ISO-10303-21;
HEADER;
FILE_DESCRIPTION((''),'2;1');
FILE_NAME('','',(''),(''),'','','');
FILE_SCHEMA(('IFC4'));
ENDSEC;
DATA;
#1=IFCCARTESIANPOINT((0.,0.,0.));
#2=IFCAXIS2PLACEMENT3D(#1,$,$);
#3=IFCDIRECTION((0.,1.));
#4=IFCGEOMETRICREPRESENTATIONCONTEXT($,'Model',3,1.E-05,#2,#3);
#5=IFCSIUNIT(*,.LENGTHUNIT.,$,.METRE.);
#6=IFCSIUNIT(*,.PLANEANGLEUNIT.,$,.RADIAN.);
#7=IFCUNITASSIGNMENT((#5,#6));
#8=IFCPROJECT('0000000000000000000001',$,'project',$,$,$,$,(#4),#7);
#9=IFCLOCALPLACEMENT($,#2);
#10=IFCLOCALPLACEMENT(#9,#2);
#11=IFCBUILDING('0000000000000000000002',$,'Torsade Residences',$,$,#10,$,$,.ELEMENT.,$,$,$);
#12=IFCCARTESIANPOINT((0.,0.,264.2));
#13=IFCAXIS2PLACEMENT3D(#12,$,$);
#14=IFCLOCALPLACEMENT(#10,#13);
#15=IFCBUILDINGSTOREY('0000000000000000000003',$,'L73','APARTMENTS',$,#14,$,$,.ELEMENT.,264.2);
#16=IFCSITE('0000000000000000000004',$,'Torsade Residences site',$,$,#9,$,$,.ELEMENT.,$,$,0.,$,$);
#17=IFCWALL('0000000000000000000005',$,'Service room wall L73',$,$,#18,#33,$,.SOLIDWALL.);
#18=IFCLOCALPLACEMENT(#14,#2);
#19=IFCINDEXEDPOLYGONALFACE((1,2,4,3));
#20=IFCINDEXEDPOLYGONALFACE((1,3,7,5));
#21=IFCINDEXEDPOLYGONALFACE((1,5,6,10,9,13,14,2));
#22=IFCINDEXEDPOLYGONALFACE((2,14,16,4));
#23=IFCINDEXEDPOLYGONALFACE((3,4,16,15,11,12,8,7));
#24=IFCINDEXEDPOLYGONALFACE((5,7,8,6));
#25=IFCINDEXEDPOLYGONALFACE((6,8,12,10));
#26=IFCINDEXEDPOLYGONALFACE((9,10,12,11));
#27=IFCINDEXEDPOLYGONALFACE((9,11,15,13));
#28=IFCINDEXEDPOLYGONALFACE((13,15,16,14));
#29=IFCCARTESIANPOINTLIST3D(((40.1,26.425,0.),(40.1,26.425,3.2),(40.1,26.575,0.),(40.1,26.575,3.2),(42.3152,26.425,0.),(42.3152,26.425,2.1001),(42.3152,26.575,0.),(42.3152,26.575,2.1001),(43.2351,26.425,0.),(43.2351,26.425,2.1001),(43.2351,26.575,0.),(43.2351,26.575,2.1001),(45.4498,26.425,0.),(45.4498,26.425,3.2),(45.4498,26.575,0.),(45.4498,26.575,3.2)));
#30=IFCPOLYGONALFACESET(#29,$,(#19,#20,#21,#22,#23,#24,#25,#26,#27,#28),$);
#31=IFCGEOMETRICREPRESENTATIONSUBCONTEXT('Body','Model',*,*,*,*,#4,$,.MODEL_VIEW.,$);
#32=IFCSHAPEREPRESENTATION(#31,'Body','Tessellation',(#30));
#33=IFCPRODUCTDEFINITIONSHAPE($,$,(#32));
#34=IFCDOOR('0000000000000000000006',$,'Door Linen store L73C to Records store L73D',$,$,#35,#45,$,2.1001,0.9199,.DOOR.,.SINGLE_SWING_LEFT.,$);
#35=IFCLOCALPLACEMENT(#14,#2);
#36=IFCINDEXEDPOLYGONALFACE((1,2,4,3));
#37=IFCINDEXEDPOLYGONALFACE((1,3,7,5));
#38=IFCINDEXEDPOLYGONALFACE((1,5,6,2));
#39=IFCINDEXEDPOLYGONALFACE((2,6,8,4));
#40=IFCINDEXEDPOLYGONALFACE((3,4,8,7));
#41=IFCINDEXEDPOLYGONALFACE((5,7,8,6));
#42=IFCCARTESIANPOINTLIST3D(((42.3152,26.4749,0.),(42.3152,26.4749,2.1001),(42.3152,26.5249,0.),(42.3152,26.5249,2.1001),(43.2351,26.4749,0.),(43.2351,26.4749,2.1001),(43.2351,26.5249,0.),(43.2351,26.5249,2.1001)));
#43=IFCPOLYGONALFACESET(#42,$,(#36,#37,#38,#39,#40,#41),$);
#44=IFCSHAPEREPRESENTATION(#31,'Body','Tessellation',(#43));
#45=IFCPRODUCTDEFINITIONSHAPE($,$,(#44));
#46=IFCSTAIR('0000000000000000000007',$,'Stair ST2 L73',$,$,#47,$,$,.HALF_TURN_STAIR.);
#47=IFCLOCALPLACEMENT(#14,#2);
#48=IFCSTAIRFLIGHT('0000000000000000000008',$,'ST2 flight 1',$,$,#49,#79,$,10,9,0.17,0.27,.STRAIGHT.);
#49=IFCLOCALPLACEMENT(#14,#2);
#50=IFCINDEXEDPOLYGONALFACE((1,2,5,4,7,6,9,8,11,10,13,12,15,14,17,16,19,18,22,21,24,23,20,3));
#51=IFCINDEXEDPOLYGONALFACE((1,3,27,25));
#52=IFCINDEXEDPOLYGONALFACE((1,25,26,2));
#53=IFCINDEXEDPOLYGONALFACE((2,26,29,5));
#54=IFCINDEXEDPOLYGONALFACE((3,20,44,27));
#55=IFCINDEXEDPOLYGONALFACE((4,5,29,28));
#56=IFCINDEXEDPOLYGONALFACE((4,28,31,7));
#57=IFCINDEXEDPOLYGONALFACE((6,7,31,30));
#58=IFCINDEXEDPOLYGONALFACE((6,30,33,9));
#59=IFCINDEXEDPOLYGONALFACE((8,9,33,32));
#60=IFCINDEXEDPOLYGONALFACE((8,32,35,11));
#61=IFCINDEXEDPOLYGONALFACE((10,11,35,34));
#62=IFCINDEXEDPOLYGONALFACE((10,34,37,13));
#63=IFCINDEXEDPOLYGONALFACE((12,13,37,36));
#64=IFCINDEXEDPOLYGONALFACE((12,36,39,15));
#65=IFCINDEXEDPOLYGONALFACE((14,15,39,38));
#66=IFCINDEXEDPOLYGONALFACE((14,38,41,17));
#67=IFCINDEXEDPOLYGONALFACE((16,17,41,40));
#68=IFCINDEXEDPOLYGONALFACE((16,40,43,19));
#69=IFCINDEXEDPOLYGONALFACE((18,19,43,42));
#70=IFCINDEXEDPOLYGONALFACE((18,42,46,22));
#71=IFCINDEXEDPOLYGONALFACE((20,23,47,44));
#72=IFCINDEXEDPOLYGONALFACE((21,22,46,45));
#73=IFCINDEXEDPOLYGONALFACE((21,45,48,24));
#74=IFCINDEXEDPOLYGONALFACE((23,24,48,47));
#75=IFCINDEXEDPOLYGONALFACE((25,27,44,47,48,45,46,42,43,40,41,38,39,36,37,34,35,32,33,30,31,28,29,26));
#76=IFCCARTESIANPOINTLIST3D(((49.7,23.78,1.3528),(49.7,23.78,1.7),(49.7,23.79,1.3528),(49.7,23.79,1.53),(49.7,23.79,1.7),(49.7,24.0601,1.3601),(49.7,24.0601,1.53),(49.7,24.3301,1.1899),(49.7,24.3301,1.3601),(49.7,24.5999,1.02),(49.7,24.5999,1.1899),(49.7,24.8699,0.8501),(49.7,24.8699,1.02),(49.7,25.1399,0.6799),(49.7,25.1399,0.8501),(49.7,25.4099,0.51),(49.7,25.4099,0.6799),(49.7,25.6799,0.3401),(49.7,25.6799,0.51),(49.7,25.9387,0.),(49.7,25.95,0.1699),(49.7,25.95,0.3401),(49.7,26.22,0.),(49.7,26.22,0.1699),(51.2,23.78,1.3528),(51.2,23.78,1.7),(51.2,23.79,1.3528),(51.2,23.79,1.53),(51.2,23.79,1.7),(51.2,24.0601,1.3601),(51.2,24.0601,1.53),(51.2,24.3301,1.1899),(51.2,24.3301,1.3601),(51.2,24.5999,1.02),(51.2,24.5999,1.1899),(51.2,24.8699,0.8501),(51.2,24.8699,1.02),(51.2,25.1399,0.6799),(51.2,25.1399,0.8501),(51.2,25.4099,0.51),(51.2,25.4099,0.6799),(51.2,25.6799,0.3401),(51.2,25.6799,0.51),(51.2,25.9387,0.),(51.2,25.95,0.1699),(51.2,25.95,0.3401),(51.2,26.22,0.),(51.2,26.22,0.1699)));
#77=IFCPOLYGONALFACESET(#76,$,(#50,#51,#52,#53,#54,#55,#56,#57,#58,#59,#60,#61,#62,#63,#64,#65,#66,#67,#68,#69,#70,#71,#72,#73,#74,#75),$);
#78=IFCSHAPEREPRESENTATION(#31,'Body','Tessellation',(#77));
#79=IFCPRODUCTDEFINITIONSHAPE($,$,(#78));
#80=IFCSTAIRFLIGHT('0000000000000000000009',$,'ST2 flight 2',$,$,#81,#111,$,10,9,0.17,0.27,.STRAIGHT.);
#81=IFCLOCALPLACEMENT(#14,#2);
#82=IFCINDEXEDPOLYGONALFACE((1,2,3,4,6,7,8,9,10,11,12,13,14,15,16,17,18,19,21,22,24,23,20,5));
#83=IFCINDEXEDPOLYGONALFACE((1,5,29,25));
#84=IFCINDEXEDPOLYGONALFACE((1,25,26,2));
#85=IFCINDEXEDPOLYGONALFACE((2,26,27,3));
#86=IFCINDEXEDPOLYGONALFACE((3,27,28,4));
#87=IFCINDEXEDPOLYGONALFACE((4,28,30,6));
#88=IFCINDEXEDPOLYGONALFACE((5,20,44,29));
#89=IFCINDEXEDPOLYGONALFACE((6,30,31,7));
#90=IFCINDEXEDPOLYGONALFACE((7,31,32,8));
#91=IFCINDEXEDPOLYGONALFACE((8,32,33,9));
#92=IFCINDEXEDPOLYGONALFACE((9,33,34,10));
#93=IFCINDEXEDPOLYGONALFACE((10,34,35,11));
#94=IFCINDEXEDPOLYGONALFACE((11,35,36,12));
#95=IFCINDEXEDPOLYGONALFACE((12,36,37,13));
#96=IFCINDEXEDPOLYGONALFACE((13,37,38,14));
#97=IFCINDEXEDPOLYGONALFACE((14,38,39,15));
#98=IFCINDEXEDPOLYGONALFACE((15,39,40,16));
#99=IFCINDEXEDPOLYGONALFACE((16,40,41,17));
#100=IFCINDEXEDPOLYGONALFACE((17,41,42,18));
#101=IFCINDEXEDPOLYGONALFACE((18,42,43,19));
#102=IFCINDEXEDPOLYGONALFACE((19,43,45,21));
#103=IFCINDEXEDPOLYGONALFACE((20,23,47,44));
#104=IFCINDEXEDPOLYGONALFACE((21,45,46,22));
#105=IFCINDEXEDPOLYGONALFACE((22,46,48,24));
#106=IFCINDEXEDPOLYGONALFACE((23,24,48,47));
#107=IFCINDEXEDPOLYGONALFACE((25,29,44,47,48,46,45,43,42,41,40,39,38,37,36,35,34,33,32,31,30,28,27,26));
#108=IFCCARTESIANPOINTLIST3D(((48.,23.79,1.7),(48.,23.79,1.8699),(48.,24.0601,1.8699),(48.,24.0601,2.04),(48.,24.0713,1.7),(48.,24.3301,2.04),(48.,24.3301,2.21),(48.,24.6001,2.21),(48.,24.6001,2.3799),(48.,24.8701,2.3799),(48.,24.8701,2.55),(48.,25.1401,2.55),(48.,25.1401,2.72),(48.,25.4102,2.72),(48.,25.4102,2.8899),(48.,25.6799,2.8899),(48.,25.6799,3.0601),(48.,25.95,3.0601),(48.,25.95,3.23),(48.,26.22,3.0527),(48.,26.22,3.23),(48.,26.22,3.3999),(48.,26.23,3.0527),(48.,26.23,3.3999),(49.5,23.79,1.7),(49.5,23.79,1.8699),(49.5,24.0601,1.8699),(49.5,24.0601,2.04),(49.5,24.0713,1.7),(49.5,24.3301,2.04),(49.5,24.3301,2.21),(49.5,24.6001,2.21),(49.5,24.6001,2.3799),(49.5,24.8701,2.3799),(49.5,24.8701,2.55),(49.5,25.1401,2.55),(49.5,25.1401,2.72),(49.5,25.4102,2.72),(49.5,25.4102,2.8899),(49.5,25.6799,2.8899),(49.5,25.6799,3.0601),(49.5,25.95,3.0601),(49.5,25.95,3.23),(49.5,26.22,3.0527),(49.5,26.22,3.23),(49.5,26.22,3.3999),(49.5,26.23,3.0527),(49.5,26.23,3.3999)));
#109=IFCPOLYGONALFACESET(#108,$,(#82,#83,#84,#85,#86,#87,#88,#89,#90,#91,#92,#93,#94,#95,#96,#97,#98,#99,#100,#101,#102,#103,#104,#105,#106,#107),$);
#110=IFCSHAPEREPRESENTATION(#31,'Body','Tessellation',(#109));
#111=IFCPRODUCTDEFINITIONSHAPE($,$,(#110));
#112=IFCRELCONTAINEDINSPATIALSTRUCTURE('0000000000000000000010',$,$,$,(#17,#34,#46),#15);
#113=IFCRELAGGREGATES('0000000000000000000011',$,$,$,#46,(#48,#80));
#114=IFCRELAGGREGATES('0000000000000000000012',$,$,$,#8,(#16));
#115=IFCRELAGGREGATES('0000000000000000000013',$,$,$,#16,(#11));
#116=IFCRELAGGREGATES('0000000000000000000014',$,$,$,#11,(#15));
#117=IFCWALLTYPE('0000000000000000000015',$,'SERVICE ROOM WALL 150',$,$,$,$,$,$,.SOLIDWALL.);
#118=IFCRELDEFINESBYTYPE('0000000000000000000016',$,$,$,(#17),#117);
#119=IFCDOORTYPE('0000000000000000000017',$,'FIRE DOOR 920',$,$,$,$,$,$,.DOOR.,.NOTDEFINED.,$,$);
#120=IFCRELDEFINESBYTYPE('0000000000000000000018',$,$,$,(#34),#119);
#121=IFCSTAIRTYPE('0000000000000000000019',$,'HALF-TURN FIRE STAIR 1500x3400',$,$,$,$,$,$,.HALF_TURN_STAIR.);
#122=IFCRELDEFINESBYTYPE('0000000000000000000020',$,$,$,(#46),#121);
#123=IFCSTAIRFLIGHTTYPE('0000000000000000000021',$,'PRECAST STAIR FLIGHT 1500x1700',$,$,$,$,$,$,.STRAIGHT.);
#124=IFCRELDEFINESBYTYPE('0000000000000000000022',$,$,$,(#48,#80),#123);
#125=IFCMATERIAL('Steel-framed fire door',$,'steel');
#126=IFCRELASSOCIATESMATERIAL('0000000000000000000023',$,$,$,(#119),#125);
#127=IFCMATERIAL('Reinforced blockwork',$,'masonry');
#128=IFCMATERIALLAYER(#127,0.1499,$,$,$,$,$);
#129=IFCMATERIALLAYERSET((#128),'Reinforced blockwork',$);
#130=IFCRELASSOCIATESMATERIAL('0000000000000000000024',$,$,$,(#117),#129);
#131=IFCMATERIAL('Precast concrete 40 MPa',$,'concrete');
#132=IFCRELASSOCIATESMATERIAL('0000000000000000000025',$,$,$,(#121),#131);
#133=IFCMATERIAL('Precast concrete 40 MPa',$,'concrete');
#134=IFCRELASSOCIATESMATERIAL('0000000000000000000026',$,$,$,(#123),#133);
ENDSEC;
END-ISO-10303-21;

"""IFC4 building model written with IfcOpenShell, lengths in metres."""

from ifc_helpers import new_model, si_unit, direction, frame, frame_2d, origin, place, context, subcontext, project, spatial, polyline, rectangle, outline, extrude, material, layer, layer_set, type_object, element, fill, aggregate, save


model = new_model("IFC4")

# Units and contexts
model_context = context("Model", 3, precision=1e-05, world=origin(), true_north=direction((0.0, 1.0)))
body_context = subcontext(model_context, "Body", "Model", "MODEL_VIEW")
ifc_project = project(units=[si_unit("LENGTHUNIT", "METRE"), si_unit("PLANEANGLEUNIT", "RADIAN")], contexts=[model_context])

# Site, building, storey
site_placement = place(None, origin())
site = spatial("IfcSite", under=ifc_project, at=site_placement, Name="Torsade Residences site", CompositionType="ELEMENT", RefElevation=0.0)
building_placement = place(site_placement, origin())
building = spatial("IfcBuilding", under=site, at=building_placement, Name="Torsade Residences", CompositionType="ELEMENT")
storey_placement = place(building_placement, frame((0.0, 0.0, 264.2)))
storey = spatial("IfcBuildingStorey", under=building, at=storey_placement, Name="L73", Description="APARTMENTS", CompositionType="ELEMENT", Elevation=264.2)

# Shared definitions
ifc_material_1 = material(Name="Steel-framed fire door", Category="steel")
door_type_1 = type_object("IfcDoorType", Name="FIRE DOOR 920", OperationType="NOTDEFINED", PredefinedType="DOOR", material=ifc_material_1)

# Wall, opening, door
ifc_material_2 = material(Name="Reinforced blockwork", Category="masonry")
ifc_layer_1 = layer(ifc_material_2, 0.1499)
ifc_layer_set_1 = layer_set([ifc_layer_1], Name="Reinforced blockwork")
wall_type_1 = type_object("IfcWallType", Name="SERVICE ROOM WALL 150", PredefinedType="SOLIDWALL", material=ifc_layer_set_1)
wall_1_placement = place(storey_placement, frame((40.1001, 26.5, 0.0), z_axis=(0.0, 0.0, 1.0), x_axis=(1.0, 0.0, 0.0)))
wall_1 = element("IfcWall", 1, at=wall_1_placement, inside=storey, type_object=wall_type_1, Name="Service room wall L73", PredefinedType="SOLIDWALL", context=body_context, shape_type="SweptSolid", body=[
    extrude(rectangle(XDim=5.3499, YDim=0.1499, at=frame_2d((2.6748, 0.0))), origin(), (0.0, 0.0, 1.0), 3.2),
])
opening_1_placement = place(wall_1_placement, frame((2.2151, 0.0, 0.0)))
opening_1 = element("IfcOpeningElement", 2, at=opening_1_placement, cuts=wall_1, PredefinedType="OPENING", context=body_context, shape_type="SweptSolid", body=[
    extrude(rectangle(XDim=0.9199, YDim=2.1001, at=frame_2d((0.46, 1.05))), frame((0.0, 0.085, 0.0), z_axis=(0.0, -1.0, 0.0), x_axis=(1.0, 0.0, 0.0)), (0.0, 0.0, 1.0), 0.1699),
])
door_1_placement = place(opening_1_placement, origin())
door_1 = element("IfcDoor", 3, at=door_1_placement, inside=storey, type_object=door_type_1, Name="Door Linen store L73C to Records store L73D", OperationType="SINGLE_SWING_LEFT", OverallHeight=2.1001, OverallWidth=0.9199, PredefinedType="DOOR", context=body_context, shape_type="SweptSolid", body=[
    extrude(rectangle(XDim=0.9199, YDim=2.1001, at=frame_2d((0.46, 1.05))), frame((0.0, 0.0249, 0.0), z_axis=(0.0, -1.0, 0.0), x_axis=(1.0, 0.0, 0.0)), (0.0, 0.0, 1.0), 0.05),
])
fill(opening_1, door_1)

# Stair, stair flights
ifc_material_3 = material(Name="Precast concrete 40 MPa", Category="concrete")
stair_type = type_object("IfcStairType", Name="HALF-TURN FIRE STAIR 1500x3400", PredefinedType="HALF_TURN_STAIR", material=ifc_material_3)
stair_placement = place(storey_placement, origin())
stair = element("IfcStair", 4, at=stair_placement, inside=storey, type_object=stair_type, Name="Stair ST2 L73", PredefinedType="HALF_TURN_STAIR")
ifc_material_4 = material(Name="Precast concrete 40 MPa", Category="concrete")
stair_flight_type = type_object("IfcStairFlightType", Name="PRECAST STAIR FLIGHT 1500x1700", PredefinedType="STRAIGHT", material=ifc_material_4)
stair_flight_1_placement = place(storey_placement, frame((50.45, 26.22, 0.0), z_axis=(0.0, 0.0, 1.0), x_axis=(0.0, -1.0, 0.0)))
stair_flight_1 = element("IfcStairFlight", 5, at=stair_flight_1_placement, type_object=stair_flight_type, Name="ST2 flight 1", NumberOfRisers=10, NumberOfTreads=9, PredefinedType="STRAIGHT", RiserHeight=0.17, TreadLength=0.27, context=body_context, shape_type="SweptSolid", body=[
    extrude(outline(polyline([(0.0, 0.0), (0.0, 0.1699), (0.27, 0.1699), (0.27, 0.3401), (0.54, 0.3401), (0.54, 0.51), (0.8101, 0.51), (0.8101, 0.6799), (1.0801, 0.6799), (1.0801, 0.8501), (1.3501, 0.8501), (1.3501, 1.02), (1.6201, 1.02), (1.6201, 1.1899), (1.8899, 1.1899), (1.8899, 1.3601), (2.1599, 1.3601), (2.1599, 1.53), (2.4299, 1.53), (2.4299, 1.7), (2.4399, 1.7), (2.4399, 1.3528), (2.4299, 1.3528), (0.2812, 0.0), (0.0, 0.0)])), frame((0.0, 0.75, 0.0), z_axis=(0.0, -1.0, 0.0), x_axis=(1.0, 0.0, 0.0)), (0.0, 0.0, 1.0), 1.5),
])
stair_flight_2_placement = place(storey_placement, frame((48.75, 23.79, 1.7), z_axis=(0.0, 0.0, 1.0), x_axis=(0.0, 1.0, 0.0)))
stair_flight_2 = element("IfcStairFlight", 6, at=stair_flight_2_placement, type_object=stair_flight_type, Name="ST2 flight 2", NumberOfRisers=10, NumberOfTreads=9, PredefinedType="STRAIGHT", RiserHeight=0.17, TreadLength=0.27, context=body_context, shape_type="SweptSolid", body=[
    extrude(outline(polyline([(0.0, 0.0), (0.0, 0.1699), (0.27, 0.1699), (0.27, 0.3401), (0.54, 0.3401), (0.54, 0.51), (0.8101, 0.51), (0.8101, 0.6799), (1.0801, 0.6799), (1.0801, 0.8501), (1.3501, 0.8501), (1.3501, 1.02), (1.6201, 1.02), (1.6201, 1.1899), (1.8899, 1.1899), (1.8899, 1.3601), (2.1599, 1.3601), (2.1599, 1.53), (2.4299, 1.53), (2.4299, 1.7), (2.4399, 1.7), (2.4399, 1.3528), (2.4299, 1.3528), (0.2812, 0.0), (0.0, 0.0)])), frame((0.0, 0.75, 0.0), z_axis=(0.0, -1.0, 0.0), x_axis=(1.0, 0.0, 0.0)), (0.0, 0.0, 1.0), 1.5),
])
aggregate(stair, [stair_flight_1, stair_flight_2])

save(model, "model.ifc")
